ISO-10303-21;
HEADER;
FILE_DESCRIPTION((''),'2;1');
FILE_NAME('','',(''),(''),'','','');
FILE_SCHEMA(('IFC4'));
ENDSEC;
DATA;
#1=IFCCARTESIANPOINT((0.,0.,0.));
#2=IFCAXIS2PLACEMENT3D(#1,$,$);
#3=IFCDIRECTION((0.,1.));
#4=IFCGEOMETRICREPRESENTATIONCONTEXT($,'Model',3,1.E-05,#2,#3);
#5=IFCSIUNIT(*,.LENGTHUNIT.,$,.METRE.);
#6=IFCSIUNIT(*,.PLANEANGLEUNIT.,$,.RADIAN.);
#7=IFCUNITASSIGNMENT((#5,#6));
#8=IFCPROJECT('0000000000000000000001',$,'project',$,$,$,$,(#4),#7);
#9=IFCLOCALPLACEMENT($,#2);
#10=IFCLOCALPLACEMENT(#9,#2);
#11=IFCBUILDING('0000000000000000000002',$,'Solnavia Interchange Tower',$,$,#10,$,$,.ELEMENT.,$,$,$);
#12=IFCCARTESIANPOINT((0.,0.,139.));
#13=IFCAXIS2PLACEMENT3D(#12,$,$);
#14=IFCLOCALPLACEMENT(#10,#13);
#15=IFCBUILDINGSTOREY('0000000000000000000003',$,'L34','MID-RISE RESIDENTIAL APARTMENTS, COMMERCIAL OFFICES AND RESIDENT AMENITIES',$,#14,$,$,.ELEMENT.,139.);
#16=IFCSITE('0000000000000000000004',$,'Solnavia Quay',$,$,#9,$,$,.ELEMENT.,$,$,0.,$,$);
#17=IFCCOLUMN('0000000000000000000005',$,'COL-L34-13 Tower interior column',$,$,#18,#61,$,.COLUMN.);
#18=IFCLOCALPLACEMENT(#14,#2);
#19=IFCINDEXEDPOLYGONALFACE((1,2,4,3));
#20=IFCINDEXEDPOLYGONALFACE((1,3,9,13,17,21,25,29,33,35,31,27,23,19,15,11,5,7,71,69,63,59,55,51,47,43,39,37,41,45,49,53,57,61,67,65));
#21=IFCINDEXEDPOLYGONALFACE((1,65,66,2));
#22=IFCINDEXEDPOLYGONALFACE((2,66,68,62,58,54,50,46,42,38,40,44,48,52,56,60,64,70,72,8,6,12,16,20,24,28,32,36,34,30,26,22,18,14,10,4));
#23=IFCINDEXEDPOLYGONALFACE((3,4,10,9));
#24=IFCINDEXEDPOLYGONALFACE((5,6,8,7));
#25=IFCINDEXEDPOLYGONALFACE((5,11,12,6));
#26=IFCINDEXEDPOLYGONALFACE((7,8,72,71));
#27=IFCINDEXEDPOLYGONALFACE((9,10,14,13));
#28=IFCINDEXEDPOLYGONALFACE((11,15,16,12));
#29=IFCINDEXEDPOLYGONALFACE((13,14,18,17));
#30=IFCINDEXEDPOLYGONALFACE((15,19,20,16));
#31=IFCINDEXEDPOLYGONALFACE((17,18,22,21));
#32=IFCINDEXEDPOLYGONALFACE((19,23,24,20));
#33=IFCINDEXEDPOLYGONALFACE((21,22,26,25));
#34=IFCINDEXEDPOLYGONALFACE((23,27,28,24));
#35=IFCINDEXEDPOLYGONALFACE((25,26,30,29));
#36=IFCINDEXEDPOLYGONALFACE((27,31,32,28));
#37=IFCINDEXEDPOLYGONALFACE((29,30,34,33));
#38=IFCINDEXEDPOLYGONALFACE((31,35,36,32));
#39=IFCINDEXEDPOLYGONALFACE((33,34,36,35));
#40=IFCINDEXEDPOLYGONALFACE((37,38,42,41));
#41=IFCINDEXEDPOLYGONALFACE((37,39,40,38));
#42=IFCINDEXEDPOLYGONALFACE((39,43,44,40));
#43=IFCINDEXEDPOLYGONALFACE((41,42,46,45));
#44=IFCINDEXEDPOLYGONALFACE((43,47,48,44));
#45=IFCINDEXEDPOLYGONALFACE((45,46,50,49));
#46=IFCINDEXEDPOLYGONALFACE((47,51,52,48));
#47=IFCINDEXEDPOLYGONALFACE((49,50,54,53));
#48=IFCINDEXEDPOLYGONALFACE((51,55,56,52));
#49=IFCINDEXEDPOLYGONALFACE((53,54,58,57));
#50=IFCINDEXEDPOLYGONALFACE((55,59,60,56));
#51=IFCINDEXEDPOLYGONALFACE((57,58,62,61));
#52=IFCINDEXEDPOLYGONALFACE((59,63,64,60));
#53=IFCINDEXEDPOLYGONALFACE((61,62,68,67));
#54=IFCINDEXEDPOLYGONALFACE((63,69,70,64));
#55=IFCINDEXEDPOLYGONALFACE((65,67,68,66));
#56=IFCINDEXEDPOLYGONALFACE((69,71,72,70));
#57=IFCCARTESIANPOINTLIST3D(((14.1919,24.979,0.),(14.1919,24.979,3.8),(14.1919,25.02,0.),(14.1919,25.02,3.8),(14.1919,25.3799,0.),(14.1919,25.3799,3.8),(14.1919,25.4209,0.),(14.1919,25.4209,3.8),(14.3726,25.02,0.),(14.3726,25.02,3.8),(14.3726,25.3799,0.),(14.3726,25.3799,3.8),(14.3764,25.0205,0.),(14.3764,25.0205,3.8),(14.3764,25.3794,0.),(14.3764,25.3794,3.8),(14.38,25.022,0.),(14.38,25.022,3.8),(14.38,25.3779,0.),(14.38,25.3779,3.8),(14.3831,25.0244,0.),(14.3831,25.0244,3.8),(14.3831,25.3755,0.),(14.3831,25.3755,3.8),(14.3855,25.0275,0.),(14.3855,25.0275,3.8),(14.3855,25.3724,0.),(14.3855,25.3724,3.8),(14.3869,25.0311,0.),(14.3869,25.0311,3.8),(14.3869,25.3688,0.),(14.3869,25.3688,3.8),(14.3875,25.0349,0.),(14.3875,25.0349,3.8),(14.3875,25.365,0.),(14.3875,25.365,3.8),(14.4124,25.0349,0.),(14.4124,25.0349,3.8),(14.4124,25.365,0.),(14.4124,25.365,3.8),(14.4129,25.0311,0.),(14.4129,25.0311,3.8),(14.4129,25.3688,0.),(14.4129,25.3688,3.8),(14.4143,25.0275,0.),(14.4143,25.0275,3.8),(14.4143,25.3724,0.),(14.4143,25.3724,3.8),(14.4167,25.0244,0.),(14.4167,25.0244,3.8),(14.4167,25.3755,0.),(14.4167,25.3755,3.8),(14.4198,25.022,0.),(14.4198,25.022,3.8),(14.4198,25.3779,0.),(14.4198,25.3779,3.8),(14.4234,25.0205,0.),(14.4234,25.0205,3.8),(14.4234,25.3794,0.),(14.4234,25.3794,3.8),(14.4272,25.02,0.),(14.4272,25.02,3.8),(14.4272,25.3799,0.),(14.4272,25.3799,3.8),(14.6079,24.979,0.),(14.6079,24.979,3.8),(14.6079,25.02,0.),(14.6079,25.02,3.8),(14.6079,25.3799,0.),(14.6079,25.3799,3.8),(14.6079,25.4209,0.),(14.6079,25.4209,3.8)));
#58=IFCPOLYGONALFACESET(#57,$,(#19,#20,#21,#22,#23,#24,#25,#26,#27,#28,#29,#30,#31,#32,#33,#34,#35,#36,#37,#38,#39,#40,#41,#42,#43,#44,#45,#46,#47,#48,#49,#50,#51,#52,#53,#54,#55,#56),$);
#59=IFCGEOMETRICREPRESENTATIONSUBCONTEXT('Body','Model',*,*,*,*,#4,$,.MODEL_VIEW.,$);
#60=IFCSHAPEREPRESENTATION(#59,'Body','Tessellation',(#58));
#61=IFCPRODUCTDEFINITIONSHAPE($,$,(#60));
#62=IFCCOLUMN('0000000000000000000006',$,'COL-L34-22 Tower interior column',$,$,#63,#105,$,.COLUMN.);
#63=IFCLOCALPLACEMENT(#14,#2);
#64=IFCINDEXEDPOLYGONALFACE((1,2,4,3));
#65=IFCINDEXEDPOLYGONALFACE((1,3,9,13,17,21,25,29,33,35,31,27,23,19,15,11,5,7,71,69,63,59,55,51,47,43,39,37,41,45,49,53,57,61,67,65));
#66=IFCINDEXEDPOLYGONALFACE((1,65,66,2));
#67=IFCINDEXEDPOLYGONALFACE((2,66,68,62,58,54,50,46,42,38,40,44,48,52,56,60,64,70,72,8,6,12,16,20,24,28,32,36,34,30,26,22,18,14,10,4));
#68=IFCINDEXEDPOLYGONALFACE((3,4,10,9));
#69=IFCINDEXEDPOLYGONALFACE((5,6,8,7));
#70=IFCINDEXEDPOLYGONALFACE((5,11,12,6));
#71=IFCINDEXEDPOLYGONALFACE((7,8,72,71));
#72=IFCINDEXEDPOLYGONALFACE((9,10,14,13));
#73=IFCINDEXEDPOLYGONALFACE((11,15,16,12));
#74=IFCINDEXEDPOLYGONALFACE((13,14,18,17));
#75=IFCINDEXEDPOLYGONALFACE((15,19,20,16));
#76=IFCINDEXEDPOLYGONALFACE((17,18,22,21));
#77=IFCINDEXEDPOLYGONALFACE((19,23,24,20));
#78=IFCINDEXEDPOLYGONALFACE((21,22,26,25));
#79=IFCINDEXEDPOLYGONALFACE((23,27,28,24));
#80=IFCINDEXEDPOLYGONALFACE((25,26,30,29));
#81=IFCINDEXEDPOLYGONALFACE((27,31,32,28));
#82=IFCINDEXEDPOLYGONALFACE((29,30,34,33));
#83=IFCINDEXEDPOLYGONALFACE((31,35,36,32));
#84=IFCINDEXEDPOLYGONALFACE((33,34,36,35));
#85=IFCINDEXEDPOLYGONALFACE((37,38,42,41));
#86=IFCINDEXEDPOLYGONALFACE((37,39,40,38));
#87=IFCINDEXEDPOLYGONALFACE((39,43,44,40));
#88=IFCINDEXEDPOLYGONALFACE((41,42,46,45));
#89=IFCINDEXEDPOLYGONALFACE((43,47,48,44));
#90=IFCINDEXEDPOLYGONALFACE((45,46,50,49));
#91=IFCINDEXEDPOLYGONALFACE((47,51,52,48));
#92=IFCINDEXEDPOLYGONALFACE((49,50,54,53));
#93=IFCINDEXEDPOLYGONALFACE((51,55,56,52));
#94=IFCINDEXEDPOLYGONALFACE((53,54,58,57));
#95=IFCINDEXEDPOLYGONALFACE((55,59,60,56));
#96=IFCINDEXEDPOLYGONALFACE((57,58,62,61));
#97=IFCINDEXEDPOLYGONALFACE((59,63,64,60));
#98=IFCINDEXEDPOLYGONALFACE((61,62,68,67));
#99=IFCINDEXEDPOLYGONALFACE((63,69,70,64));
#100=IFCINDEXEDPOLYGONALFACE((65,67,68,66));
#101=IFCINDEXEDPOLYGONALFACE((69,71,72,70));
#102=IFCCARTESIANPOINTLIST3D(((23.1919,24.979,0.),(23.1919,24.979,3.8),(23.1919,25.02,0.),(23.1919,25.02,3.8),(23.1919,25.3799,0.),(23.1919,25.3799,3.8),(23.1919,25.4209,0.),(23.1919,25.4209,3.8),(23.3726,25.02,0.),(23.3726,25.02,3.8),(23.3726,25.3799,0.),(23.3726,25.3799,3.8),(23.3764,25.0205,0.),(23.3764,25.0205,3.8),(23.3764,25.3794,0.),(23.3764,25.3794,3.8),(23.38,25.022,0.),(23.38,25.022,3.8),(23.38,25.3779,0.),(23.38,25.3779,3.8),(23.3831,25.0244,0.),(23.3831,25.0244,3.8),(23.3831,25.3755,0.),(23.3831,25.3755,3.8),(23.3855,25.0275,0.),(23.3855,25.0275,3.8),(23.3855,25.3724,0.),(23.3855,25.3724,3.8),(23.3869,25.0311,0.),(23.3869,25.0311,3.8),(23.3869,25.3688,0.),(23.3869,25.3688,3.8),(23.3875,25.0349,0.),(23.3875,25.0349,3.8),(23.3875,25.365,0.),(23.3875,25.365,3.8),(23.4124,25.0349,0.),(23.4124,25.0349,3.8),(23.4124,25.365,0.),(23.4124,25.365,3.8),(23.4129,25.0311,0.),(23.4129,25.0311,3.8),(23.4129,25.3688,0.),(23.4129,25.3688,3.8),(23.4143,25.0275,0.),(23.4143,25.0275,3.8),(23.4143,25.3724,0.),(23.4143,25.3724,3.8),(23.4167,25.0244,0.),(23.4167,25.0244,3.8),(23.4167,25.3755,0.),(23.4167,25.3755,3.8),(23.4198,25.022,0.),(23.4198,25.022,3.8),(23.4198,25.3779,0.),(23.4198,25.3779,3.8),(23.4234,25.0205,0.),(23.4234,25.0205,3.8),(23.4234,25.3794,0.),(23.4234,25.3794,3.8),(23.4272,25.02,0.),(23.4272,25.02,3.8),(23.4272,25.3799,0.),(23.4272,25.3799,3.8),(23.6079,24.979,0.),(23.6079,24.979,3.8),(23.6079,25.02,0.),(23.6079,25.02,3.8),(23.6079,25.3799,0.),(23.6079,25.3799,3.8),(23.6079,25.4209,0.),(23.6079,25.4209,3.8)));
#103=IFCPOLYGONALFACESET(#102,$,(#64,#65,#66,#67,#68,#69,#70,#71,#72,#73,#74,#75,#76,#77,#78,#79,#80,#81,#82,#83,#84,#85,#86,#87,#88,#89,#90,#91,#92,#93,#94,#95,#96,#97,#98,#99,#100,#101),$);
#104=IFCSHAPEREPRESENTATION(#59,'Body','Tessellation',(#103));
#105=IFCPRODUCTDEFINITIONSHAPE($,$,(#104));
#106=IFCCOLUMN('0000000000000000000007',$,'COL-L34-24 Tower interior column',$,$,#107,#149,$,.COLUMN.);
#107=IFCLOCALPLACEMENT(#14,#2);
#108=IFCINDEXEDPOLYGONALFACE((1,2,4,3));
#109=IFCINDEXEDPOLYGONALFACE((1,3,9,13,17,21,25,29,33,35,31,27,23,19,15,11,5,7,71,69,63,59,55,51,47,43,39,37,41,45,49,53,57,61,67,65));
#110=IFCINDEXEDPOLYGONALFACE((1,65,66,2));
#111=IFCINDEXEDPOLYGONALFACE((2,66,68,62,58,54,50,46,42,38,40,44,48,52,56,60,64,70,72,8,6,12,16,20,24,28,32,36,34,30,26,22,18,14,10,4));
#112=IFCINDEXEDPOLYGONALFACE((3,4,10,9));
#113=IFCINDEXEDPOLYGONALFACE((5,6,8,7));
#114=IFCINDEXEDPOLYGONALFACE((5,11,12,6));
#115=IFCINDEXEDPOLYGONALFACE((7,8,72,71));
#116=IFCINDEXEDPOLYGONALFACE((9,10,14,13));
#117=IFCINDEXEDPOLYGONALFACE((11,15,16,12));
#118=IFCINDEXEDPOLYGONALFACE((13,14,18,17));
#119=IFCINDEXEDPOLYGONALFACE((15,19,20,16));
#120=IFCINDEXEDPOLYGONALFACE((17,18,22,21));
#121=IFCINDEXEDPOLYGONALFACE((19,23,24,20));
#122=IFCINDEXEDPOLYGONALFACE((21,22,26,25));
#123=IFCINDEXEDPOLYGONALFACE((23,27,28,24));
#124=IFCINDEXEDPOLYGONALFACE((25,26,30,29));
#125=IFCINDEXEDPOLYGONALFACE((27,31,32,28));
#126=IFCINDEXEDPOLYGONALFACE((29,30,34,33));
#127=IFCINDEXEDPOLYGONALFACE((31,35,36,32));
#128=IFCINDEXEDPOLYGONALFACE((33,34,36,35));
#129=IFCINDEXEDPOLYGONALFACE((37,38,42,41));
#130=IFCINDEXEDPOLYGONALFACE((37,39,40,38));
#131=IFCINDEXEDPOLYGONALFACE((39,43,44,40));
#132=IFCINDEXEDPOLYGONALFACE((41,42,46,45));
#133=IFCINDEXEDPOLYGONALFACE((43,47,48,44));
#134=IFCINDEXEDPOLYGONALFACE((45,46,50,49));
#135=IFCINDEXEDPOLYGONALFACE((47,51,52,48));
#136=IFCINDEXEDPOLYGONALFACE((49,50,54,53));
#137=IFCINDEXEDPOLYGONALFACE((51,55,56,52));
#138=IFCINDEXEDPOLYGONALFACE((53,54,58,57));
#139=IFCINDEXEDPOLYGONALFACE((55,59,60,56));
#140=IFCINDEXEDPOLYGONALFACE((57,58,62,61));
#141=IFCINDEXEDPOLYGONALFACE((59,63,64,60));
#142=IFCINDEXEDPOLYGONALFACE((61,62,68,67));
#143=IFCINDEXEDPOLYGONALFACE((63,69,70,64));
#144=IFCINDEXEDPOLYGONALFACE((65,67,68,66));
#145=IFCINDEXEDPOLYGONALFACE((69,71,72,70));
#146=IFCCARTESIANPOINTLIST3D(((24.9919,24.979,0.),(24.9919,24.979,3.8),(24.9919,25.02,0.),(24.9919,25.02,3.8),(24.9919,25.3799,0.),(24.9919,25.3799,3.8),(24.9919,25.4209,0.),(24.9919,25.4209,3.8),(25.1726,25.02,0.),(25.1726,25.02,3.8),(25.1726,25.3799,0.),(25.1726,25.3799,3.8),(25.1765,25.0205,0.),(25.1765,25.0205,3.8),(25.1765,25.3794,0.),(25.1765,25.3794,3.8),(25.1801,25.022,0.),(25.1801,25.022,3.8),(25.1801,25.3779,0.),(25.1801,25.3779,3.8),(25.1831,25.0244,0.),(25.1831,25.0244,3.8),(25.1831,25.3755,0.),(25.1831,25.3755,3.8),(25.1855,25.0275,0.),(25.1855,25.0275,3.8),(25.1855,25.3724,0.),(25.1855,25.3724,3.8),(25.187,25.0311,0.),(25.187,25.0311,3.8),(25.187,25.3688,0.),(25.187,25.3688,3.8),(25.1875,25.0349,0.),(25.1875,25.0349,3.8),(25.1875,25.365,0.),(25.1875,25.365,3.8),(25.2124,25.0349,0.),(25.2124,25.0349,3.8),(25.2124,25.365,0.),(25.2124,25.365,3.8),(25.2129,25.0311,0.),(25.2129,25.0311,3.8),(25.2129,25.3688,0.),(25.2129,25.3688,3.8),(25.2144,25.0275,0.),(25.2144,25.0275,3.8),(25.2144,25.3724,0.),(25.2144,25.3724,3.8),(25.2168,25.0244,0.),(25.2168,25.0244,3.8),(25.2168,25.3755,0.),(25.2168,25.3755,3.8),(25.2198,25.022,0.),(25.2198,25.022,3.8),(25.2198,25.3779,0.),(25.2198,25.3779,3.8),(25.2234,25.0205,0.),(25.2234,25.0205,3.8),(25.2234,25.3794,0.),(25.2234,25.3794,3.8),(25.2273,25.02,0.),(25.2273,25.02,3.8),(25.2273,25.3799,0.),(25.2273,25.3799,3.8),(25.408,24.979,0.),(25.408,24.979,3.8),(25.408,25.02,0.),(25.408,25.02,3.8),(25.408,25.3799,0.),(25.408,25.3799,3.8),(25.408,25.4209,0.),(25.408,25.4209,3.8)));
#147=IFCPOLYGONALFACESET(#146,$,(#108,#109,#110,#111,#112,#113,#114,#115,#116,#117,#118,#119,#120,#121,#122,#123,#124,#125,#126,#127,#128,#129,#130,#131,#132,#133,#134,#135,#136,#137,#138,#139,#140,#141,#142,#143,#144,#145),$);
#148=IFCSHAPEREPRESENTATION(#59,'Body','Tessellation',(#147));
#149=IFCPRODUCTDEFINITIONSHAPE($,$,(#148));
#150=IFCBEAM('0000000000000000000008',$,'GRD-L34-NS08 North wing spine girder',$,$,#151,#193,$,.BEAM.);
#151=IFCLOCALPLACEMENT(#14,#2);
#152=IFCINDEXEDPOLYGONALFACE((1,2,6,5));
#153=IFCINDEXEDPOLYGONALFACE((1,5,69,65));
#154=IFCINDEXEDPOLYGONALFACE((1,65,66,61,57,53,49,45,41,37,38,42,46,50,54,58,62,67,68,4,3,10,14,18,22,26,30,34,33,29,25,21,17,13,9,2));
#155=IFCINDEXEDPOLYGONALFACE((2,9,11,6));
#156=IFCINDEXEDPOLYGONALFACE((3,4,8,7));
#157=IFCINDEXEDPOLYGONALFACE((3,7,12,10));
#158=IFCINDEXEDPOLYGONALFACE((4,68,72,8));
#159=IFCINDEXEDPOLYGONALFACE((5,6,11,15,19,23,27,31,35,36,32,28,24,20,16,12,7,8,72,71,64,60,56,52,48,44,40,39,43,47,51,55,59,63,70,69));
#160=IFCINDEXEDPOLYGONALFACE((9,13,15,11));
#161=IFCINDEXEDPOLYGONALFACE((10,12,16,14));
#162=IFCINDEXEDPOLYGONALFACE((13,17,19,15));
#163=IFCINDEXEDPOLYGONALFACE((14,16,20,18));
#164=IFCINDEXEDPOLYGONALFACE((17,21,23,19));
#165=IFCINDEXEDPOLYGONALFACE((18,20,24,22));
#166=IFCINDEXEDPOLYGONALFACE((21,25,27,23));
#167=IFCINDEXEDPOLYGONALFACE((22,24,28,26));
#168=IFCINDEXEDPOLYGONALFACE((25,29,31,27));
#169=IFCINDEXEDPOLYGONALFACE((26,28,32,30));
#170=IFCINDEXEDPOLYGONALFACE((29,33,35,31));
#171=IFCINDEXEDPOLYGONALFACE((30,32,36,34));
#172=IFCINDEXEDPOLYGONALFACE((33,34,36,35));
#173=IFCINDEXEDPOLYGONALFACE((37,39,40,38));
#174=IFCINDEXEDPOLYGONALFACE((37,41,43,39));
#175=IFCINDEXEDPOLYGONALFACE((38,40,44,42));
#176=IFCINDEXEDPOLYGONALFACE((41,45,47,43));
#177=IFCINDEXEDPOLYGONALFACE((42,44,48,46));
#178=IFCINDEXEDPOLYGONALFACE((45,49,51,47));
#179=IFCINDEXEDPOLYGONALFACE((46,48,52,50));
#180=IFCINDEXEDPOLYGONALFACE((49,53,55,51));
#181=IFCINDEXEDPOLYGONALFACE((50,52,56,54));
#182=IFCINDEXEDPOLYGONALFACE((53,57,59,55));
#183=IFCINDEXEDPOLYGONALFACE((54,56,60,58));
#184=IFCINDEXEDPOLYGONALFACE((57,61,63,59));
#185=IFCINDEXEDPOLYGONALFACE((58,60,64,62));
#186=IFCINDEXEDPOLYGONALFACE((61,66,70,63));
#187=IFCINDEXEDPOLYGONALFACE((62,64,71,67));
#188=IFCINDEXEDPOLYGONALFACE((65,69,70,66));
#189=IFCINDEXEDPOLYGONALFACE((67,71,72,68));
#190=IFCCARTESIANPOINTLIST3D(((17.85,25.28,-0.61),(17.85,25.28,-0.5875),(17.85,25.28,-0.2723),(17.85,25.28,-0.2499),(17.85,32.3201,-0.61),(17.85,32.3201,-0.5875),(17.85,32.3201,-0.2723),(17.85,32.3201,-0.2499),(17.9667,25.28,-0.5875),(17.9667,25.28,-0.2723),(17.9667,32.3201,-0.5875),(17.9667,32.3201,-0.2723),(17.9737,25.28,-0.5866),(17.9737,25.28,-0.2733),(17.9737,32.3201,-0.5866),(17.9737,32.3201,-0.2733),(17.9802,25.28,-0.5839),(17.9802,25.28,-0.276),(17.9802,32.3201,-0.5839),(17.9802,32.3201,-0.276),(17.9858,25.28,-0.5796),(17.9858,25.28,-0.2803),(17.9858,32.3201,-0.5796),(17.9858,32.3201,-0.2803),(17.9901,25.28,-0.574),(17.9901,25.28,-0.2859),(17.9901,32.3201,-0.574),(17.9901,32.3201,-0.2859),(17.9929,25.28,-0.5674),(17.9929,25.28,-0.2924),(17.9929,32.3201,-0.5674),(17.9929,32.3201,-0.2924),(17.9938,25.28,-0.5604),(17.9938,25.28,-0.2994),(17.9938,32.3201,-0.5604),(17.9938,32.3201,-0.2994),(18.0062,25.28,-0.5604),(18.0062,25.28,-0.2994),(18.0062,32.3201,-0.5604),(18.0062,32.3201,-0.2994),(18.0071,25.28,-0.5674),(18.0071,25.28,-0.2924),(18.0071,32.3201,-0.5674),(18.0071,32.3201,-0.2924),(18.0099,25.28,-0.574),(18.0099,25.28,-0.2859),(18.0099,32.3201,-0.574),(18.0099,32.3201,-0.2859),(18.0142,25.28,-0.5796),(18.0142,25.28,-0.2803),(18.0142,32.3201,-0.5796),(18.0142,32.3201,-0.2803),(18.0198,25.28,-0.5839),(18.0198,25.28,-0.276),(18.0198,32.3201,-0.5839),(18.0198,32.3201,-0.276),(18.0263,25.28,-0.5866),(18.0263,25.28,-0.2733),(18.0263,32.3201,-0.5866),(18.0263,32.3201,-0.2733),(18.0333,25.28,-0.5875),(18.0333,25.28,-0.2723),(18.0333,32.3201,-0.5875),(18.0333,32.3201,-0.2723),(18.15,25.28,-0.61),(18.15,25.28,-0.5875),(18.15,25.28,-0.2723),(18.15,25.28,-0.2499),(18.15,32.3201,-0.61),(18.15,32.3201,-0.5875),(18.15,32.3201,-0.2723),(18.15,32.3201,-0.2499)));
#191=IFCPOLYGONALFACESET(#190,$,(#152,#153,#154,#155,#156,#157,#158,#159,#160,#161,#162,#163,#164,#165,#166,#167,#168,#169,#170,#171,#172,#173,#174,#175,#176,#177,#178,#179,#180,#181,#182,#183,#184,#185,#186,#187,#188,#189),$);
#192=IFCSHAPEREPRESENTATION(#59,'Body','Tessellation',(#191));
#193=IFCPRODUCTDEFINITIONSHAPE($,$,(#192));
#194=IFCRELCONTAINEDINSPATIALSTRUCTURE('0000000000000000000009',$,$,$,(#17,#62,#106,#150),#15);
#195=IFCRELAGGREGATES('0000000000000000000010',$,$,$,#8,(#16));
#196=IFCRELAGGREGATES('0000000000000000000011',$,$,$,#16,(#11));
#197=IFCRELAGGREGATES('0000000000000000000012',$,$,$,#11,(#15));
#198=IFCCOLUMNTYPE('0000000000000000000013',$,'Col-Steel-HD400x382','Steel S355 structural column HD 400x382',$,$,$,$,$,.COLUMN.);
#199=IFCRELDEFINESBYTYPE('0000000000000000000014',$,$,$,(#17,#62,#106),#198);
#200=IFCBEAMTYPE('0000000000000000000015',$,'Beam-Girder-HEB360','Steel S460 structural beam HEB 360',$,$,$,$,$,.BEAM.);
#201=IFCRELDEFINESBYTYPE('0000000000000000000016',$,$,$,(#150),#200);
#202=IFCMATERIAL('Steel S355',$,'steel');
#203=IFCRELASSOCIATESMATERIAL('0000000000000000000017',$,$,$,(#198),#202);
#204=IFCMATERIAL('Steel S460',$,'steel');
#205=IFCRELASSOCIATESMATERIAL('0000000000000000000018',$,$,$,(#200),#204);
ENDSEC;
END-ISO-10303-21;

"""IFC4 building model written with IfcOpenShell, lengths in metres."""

from ifc_helpers import new_model, si_unit, direction, frame, origin, origin_2d, place, context, subcontext, project, spatial, i_section, extrude, material, material_profile, profile_set, type_object, element, save


model = new_model("IFC4")

# Units and contexts
model_context = context("Model", 3, precision=1e-05, world=origin(), true_north=direction((0.0, 1.0)))
body_context = subcontext(model_context, "Body", "Model", "MODEL_VIEW")
ifc_project = project(units=[si_unit("LENGTHUNIT", "METRE"), si_unit("PLANEANGLEUNIT", "RADIAN")], contexts=[model_context])

# Site, building, storey
site_placement = place(None, origin())
site = spatial("IfcSite", under=ifc_project, at=site_placement, Name="Solnavia Quay", CompositionType="ELEMENT", RefElevation=0.0)
building_placement = place(site_placement, origin())
building = spatial("IfcBuilding", under=site, at=building_placement, Name="Solnavia Interchange Tower", CompositionType="ELEMENT")
storey_placement = place(building_placement, frame((0.0, 0.0, 139.0)))
storey = spatial("IfcBuildingStorey", under=building, at=storey_placement, Name="L34", Description="MID-RISE RESIDENTIAL APARTMENTS, COMMERCIAL OFFICES AND RESIDENT AMENITIES", CompositionType="ELEMENT", Elevation=139.0)

# Columns
ifc_material_1 = material(Name="Steel S355", Category="steel")
ifc_material_profile_1 = material_profile(ifc_material_1, i_section(OverallWidth=0.416, OverallDepth=0.4419, WebThickness=0.0249, FlangeThickness=0.041, FilletRadius=0.0149, at=origin_2d()), Name="HD 400x382")
ifc_profile_set_1 = profile_set([ifc_material_profile_1], Name="Steel S355")
column_type = type_object("IfcColumnType", Name="Col-Steel-HD400x382", Description="Steel S355 structural column HD 400x382", PredefinedType="COLUMN", material=ifc_profile_set_1)
for number, where, z_axis, x_axis, name in (
    (1, (14.3999, 25.2, 0.0), (0.0, 0.0, 1.0), (1.0, 0.0, 0.0), "COL-L34-13 Tower interior column"),
    (2, (23.3999, 25.2, 0.0), (0.0, 0.0, 1.0), (1.0, 0.0, 0.0), "COL-L34-22 Tower interior column"),
    (3, (25.2, 25.2, 0.0), (0.0, 0.0, 1.0), (1.0, 0.0, 0.0), "COL-L34-24 Tower interior column"),
):
    element("IfcColumn", number, at=place(storey_placement, frame(where, z_axis=z_axis, x_axis=x_axis)), inside=storey, type_object=column_type, Name=name, PredefinedType="COLUMN", context=body_context, shape_type="SweptSolid", body=[
        extrude(i_section(OverallWidth=0.416, OverallDepth=0.4419, WebThickness=0.0249, FlangeThickness=0.041, FilletRadius=0.0149, at=origin_2d()), origin(), (0.0, 0.0, 1.0), 3.8),
    ])

# Beam
ifc_material_2 = material(Name="Steel S460", Category="steel")
ifc_material_profile_2 = material_profile(ifc_material_2, i_section(OverallWidth=0.3, OverallDepth=0.3601, WebThickness=0.0125, FlangeThickness=0.0225, FilletRadius=0.0271, at=origin_2d()), Name="HEB 360")
ifc_profile_set_2 = profile_set([ifc_material_profile_2], Name="Steel S460")
beam_type_1 = type_object("IfcBeamType", Name="Beam-Girder-HEB360", Description="Steel S460 structural beam HEB 360", PredefinedType="BEAM", material=ifc_profile_set_2)
beam_1_placement = place(storey_placement, frame((18.0, 25.28, -0.4299), z_axis=(0.0, 1.0, 0.0), x_axis=(-1.0, 0.0, 0.0)))
element("IfcBeam", 4, at=beam_1_placement, inside=storey, type_object=beam_type_1, Name="GRD-L34-NS08 North wing spine girder", PredefinedType="BEAM", context=body_context, shape_type="SweptSolid", body=[
    extrude(i_section(OverallWidth=0.3, OverallDepth=0.3601, WebThickness=0.0125, FlangeThickness=0.0225, FilletRadius=0.0271, at=origin_2d()), origin(), (0.0, 0.0, 1.0), 7.04),
])

save(model, "model.ifc")
